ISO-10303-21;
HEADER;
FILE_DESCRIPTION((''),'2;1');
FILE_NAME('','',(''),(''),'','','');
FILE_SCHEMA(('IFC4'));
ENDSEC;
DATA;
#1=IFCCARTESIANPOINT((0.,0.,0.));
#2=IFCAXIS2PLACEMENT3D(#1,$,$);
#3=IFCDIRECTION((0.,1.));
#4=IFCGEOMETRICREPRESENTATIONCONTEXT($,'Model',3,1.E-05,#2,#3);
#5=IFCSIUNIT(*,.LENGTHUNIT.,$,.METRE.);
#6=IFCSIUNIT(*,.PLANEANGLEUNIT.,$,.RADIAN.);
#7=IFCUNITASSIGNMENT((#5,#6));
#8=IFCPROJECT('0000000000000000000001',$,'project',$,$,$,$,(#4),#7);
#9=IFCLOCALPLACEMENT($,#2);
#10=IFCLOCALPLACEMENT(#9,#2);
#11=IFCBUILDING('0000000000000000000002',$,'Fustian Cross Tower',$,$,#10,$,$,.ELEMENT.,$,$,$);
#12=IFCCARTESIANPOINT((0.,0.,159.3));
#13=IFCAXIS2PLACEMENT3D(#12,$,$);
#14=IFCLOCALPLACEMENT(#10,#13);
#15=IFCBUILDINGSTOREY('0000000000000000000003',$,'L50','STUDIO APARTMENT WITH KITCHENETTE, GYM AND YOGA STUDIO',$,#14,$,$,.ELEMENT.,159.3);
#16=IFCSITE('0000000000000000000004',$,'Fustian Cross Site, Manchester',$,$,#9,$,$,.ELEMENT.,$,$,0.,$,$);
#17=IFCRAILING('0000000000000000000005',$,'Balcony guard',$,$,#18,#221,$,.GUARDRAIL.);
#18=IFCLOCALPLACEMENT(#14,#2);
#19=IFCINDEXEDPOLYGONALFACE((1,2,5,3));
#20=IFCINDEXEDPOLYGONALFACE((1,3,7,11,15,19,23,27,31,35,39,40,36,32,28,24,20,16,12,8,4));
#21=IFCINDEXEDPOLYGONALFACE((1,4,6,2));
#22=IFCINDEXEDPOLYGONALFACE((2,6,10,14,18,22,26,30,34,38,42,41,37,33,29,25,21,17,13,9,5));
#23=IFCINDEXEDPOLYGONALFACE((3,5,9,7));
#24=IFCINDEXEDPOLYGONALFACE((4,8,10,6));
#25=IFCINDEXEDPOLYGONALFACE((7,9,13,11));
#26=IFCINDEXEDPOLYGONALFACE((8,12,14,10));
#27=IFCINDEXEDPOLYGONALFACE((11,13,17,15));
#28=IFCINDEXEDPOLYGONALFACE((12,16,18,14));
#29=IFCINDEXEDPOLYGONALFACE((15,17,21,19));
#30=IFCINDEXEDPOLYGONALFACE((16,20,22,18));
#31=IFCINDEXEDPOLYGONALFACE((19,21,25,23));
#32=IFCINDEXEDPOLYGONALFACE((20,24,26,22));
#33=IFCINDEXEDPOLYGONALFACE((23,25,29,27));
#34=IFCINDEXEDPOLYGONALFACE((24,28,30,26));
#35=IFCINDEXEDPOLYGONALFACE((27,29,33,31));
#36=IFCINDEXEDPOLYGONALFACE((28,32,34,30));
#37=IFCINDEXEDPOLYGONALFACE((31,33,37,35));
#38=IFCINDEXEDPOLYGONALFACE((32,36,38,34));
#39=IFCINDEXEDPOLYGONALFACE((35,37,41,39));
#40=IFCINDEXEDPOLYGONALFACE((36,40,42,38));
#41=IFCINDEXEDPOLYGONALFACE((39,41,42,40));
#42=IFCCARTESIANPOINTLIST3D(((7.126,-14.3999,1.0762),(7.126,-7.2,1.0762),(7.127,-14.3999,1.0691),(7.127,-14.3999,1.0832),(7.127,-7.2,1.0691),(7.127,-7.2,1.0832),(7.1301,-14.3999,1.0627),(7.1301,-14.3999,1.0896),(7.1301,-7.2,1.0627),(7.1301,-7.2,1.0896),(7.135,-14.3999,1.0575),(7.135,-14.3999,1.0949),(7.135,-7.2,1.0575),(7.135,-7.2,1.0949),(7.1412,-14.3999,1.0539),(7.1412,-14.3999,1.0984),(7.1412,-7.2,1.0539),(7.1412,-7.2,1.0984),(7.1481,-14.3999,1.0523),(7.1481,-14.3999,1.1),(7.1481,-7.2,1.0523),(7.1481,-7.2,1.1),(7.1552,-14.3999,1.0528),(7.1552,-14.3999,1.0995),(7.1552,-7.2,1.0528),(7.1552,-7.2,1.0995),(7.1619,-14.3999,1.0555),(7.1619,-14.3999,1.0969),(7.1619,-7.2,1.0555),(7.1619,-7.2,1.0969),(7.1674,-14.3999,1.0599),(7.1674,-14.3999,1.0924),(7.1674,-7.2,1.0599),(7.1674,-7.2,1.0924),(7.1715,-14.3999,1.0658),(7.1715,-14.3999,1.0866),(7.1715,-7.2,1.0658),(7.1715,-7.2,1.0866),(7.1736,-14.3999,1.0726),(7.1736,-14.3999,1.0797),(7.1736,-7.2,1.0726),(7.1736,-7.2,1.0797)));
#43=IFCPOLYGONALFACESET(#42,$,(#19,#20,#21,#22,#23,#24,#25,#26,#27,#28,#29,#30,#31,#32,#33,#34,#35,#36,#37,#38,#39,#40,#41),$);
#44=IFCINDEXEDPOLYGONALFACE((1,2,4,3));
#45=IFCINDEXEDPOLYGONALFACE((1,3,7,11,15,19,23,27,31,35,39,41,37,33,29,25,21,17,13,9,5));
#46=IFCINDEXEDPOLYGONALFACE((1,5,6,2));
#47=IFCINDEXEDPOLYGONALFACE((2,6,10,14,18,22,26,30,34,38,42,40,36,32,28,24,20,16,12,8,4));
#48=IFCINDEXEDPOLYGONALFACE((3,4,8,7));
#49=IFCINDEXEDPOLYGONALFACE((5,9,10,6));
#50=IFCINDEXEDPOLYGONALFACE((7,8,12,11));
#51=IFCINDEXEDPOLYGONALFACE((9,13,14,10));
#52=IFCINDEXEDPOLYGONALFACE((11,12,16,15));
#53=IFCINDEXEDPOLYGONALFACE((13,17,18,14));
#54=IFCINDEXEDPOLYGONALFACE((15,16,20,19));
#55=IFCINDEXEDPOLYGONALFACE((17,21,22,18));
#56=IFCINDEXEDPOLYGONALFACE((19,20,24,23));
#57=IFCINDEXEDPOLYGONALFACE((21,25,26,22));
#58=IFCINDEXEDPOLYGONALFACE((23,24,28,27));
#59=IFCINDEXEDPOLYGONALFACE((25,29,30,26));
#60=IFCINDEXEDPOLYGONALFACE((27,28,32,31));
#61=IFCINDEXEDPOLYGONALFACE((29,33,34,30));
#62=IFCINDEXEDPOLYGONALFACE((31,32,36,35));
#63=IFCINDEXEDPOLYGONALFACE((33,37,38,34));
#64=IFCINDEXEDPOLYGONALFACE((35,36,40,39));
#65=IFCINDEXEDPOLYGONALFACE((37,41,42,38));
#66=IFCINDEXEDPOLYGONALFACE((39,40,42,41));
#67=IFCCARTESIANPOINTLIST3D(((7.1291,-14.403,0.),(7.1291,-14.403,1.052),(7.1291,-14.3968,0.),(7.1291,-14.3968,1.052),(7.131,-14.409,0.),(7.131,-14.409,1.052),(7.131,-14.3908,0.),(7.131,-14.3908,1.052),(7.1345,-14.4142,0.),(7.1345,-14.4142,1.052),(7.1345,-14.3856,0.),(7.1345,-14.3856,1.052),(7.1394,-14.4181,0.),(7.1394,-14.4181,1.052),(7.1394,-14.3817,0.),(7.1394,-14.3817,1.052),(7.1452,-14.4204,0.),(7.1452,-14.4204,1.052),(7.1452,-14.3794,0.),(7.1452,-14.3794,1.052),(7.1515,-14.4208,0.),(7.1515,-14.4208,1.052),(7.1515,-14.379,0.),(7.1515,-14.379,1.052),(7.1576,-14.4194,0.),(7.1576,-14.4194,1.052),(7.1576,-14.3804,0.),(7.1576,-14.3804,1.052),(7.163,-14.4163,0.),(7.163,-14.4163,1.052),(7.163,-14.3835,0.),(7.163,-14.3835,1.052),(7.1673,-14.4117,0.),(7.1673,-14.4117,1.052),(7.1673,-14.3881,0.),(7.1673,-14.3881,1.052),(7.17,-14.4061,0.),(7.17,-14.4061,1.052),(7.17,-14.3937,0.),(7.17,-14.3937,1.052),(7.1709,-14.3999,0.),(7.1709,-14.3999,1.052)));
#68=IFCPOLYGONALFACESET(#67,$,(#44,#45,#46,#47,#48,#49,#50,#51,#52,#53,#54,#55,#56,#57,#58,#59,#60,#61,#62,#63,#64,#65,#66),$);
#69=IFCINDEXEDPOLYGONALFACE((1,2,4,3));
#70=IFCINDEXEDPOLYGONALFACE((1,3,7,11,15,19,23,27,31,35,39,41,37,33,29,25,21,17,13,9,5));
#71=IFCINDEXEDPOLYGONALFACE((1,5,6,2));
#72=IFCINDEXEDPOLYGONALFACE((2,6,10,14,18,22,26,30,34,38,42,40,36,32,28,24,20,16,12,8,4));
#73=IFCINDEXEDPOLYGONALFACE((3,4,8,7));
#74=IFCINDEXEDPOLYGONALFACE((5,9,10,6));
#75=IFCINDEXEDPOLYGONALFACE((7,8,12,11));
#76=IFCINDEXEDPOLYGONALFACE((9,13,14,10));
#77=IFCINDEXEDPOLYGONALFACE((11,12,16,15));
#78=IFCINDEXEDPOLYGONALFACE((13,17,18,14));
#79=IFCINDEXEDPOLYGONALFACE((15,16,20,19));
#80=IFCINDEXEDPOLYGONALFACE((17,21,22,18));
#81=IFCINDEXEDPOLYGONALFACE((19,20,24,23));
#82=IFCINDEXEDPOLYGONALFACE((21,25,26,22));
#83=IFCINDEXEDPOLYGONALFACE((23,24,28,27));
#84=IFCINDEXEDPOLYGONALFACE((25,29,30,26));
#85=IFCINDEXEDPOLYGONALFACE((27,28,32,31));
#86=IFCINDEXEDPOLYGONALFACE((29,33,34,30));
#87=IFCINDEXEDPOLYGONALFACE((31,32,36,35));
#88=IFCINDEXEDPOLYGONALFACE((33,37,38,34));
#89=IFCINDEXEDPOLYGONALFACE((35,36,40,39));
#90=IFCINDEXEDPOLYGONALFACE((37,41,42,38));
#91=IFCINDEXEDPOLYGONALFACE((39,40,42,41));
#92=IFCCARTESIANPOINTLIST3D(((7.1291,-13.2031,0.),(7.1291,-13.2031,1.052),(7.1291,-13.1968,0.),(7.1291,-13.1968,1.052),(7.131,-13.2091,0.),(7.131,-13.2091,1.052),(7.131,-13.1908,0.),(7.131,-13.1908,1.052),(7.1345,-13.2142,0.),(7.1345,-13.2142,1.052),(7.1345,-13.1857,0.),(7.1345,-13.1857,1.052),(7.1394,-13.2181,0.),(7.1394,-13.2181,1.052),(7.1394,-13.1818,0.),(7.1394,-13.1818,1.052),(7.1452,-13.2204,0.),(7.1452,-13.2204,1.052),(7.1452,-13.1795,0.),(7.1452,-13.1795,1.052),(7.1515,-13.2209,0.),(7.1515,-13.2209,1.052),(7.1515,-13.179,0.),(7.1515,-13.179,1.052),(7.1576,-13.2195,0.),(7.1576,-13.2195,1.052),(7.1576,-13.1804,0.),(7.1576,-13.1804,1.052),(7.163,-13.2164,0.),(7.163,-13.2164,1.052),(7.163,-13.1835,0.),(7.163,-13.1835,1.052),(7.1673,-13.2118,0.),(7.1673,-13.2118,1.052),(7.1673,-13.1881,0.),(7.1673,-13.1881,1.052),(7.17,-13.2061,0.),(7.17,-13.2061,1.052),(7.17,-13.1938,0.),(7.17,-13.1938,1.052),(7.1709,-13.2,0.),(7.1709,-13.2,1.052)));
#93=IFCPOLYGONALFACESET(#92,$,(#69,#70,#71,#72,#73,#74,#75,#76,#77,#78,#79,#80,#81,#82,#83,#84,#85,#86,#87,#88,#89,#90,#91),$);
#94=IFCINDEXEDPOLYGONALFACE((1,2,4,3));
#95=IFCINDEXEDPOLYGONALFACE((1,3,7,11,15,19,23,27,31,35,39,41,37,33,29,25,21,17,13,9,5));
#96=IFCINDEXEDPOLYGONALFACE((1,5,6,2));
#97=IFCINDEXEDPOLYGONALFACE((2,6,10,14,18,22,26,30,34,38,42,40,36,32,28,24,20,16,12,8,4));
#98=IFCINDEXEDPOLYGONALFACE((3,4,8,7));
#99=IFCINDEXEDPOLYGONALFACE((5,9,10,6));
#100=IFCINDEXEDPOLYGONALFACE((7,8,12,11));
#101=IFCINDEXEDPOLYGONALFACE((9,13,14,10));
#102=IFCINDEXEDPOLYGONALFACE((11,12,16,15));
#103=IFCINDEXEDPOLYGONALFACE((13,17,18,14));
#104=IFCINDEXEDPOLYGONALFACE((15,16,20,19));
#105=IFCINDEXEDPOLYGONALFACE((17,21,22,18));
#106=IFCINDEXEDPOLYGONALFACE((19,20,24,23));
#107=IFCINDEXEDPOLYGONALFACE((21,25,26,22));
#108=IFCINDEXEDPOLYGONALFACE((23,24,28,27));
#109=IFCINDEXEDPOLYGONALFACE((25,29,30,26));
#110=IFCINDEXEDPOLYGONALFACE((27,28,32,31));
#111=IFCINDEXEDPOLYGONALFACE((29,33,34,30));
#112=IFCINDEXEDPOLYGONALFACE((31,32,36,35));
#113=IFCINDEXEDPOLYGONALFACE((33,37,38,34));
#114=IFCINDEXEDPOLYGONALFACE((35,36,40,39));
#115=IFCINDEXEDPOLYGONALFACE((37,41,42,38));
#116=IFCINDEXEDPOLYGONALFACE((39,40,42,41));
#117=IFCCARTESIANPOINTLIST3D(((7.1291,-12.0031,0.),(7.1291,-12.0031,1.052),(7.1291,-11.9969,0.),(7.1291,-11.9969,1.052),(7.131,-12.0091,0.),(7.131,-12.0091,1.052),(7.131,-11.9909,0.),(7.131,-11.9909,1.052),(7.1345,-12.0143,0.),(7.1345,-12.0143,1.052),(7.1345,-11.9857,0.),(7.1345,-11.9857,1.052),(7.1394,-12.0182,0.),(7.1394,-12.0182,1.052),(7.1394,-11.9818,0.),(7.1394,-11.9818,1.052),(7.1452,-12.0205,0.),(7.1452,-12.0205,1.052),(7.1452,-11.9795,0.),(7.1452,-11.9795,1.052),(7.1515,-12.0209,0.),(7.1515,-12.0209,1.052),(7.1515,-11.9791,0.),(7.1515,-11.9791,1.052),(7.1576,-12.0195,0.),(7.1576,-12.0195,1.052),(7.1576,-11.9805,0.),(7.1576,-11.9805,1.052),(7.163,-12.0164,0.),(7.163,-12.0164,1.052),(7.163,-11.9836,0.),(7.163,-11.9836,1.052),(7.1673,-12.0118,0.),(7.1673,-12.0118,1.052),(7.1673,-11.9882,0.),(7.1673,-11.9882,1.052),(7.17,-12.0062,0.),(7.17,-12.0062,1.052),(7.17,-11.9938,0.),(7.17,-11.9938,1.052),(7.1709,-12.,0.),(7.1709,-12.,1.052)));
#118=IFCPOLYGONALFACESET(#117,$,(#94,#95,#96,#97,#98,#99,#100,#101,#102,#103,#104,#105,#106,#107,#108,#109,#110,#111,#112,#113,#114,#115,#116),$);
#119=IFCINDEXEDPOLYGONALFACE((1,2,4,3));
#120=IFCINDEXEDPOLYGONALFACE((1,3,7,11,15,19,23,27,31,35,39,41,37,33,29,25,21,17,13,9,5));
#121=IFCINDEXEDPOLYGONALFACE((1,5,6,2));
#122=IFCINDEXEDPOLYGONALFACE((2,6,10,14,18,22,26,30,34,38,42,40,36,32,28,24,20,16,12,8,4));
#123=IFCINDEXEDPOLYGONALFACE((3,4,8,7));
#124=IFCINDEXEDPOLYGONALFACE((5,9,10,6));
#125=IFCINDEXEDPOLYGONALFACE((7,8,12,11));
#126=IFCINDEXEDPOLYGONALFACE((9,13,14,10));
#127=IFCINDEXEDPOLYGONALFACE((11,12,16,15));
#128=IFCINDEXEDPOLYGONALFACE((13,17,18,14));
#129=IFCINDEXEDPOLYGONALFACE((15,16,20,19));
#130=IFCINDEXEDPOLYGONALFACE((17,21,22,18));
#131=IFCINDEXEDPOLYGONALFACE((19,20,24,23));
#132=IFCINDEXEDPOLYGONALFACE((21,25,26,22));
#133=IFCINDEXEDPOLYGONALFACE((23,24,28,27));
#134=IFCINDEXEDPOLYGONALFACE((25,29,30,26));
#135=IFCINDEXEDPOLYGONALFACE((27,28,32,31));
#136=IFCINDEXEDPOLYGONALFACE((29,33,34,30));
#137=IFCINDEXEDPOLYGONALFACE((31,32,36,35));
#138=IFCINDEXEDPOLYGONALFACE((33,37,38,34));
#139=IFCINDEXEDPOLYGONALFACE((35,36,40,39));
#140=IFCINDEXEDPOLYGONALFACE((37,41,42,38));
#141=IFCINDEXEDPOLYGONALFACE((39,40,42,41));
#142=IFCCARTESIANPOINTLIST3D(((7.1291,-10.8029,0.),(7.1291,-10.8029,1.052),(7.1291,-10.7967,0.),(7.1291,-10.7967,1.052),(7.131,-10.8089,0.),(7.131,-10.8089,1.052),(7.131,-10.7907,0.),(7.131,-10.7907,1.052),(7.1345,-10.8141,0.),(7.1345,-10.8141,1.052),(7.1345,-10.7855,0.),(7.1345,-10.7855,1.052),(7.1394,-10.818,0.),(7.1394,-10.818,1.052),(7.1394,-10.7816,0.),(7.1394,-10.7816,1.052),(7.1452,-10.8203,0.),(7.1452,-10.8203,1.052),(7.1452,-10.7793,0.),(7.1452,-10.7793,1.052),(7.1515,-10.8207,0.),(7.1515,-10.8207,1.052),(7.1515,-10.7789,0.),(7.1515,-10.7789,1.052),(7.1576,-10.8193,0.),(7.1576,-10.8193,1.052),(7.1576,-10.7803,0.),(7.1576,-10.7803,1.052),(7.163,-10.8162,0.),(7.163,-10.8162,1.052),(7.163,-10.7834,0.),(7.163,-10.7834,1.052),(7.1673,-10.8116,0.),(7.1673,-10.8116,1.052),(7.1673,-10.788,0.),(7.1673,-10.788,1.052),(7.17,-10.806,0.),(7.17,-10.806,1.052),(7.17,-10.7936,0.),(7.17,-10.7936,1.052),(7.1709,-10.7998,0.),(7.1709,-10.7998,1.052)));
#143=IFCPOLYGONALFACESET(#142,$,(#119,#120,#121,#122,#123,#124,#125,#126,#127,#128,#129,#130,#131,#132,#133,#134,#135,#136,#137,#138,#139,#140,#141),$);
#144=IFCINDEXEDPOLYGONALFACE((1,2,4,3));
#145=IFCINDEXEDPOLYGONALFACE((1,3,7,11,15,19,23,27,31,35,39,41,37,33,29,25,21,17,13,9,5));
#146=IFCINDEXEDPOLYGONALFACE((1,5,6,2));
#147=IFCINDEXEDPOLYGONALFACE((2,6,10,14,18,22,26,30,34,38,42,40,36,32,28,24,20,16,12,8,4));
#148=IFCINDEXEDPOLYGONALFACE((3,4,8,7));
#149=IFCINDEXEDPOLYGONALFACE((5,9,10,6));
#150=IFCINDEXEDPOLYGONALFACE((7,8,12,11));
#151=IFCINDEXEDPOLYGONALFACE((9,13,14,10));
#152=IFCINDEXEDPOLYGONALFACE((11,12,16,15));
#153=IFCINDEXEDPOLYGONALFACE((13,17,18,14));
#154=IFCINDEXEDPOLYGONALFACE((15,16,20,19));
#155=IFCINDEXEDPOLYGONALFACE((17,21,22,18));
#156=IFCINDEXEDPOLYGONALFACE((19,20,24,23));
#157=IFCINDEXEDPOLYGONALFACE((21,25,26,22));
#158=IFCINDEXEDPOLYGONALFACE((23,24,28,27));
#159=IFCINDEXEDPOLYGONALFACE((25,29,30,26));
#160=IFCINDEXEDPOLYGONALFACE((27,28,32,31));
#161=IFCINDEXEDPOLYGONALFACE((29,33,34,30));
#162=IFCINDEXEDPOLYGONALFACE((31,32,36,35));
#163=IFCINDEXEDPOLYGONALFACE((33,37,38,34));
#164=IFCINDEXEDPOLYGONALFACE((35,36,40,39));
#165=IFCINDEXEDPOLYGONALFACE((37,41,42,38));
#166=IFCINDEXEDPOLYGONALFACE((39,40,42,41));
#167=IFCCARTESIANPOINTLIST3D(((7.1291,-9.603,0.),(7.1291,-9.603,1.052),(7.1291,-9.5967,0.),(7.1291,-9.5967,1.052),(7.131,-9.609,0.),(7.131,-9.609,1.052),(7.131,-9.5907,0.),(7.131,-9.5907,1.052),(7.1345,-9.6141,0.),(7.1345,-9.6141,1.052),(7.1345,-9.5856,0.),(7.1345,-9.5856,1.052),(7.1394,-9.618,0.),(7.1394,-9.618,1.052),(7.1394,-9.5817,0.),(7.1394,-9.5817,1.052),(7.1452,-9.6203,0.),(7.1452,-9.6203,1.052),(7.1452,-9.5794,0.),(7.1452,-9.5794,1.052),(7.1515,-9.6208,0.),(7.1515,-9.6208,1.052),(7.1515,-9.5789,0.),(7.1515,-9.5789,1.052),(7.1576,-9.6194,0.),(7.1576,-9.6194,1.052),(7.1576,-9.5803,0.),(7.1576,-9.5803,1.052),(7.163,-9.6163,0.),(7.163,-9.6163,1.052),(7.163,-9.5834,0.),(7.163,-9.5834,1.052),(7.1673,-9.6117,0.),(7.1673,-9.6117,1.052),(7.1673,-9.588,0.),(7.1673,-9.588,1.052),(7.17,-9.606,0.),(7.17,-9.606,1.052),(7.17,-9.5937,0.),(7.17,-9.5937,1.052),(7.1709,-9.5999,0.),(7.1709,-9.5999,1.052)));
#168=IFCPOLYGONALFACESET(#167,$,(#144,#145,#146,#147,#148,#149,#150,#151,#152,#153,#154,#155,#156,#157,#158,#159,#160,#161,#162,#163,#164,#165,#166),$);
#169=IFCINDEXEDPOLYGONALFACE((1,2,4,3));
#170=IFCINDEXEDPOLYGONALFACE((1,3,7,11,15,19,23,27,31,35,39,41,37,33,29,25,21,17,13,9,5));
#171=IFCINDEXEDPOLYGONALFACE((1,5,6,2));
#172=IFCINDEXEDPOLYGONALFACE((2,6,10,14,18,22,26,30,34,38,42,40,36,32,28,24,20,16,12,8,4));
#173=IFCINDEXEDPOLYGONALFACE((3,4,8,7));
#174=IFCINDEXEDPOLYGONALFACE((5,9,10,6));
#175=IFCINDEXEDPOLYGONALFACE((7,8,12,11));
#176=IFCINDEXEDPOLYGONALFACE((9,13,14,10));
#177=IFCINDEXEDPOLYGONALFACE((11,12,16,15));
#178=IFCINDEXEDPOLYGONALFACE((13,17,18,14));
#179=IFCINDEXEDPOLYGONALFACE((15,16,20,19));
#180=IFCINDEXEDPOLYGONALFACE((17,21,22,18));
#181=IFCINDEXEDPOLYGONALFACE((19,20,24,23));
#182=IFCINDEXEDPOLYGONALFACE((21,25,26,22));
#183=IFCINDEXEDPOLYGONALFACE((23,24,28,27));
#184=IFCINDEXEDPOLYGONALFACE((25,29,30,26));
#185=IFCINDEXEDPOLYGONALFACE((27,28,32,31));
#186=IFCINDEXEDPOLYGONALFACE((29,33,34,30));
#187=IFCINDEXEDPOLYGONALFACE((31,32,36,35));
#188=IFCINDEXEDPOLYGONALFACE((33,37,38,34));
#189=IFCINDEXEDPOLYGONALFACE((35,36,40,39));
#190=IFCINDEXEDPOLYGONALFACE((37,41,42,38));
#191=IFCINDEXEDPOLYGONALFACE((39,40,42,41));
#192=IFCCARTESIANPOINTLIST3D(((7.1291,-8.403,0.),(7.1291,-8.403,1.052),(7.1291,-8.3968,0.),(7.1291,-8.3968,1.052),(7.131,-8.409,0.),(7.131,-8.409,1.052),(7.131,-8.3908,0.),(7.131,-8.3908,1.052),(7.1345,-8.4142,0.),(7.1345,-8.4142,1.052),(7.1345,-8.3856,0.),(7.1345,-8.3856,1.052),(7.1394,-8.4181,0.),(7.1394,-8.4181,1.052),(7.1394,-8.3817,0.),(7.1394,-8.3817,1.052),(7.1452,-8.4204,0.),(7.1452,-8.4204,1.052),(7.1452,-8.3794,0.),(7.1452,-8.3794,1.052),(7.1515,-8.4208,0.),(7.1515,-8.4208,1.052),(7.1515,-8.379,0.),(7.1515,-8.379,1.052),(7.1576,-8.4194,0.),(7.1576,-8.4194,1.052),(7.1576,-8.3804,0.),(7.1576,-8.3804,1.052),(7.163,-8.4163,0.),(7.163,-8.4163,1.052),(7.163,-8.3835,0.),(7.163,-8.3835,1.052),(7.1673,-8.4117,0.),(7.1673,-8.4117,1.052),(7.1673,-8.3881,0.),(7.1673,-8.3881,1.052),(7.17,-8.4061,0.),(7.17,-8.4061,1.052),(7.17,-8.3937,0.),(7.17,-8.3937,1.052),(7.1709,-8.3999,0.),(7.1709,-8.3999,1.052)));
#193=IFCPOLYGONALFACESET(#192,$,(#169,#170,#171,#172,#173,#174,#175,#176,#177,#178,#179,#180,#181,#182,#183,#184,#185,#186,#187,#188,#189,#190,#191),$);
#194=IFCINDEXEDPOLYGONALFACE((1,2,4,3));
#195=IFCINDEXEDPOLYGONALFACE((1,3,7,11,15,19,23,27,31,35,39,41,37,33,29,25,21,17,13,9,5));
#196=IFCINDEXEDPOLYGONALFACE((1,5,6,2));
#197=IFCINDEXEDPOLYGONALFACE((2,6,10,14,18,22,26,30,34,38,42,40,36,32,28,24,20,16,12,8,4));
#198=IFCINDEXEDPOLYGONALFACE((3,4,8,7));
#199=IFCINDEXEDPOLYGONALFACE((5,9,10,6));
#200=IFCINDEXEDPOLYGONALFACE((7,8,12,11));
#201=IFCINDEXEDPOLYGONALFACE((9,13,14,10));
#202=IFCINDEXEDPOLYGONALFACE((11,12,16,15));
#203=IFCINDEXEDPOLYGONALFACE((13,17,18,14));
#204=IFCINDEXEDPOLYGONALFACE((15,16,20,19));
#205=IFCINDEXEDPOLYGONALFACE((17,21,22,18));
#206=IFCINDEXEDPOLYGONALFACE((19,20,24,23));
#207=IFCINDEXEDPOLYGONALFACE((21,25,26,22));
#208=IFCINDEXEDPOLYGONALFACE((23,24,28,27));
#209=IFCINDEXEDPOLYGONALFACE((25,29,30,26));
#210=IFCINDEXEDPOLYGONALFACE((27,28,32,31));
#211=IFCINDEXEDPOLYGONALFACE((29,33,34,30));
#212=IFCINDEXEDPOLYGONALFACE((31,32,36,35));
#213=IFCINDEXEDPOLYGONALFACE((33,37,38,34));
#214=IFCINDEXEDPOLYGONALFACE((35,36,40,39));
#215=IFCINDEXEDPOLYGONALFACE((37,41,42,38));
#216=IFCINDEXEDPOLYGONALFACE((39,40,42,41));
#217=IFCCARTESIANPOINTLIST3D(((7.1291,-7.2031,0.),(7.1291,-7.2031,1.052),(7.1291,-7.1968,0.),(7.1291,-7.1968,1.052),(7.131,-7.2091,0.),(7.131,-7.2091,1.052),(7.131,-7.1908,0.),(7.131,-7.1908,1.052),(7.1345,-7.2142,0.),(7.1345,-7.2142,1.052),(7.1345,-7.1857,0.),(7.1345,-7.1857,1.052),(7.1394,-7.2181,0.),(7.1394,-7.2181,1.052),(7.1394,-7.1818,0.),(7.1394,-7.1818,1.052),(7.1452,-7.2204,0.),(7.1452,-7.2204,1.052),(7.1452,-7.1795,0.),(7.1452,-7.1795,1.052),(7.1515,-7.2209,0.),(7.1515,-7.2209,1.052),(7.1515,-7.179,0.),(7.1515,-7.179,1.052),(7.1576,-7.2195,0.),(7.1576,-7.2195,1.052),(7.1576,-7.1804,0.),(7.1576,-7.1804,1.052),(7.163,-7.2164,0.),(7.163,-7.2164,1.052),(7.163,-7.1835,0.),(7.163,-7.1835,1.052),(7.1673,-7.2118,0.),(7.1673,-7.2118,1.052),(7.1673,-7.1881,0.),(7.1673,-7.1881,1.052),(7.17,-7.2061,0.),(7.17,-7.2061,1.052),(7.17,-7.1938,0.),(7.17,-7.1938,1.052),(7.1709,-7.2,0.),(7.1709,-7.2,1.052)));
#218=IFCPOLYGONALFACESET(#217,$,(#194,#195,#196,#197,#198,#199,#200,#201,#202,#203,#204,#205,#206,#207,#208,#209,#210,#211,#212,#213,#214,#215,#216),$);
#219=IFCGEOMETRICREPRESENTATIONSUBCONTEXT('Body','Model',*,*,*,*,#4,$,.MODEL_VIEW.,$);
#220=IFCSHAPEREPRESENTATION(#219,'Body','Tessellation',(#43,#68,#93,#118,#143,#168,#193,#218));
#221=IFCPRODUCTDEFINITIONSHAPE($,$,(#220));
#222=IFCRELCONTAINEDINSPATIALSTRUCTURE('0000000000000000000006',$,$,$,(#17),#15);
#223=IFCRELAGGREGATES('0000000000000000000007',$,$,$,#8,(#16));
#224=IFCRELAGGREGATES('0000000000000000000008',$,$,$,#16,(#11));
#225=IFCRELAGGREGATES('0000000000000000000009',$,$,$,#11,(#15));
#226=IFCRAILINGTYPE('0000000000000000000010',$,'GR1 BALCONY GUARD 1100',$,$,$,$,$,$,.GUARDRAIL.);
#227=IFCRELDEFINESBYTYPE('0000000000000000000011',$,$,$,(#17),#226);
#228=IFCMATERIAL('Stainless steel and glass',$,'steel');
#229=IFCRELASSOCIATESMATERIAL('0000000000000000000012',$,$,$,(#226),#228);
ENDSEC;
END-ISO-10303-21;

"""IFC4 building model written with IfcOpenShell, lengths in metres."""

from ifc_helpers import new_model, si_unit, direction, frame, origin, origin_2d, place, context, subcontext, project, spatial, circle, extrude, material, type_object, element, save


model = new_model("IFC4")

# Units and contexts
model_context = context("Model", 3, precision=1e-05, world=origin(), true_north=direction((0.0, 1.0)))
body_context = subcontext(model_context, "Body", "Model", "MODEL_VIEW")
ifc_project = project(units=[si_unit("LENGTHUNIT", "METRE"), si_unit("PLANEANGLEUNIT", "RADIAN")], contexts=[model_context])

# Site, building, storey
site_placement = place(None, origin())
site = spatial("IfcSite", under=ifc_project, at=site_placement, Name="Fustian Cross Site, Manchester", CompositionType="ELEMENT", RefElevation=0.0)
building_placement = place(site_placement, origin())
building = spatial("IfcBuilding", under=site, at=building_placement, Name="Fustian Cross Tower", CompositionType="ELEMENT")
storey_placement = place(building_placement, frame((0.0, 0.0, 159.3)))
storey = spatial("IfcBuildingStorey", under=building, at=storey_placement, Name="L50", Description="STUDIO APARTMENT WITH KITCHENETTE, GYM AND YOGA STUDIO", CompositionType="ELEMENT", Elevation=159.3)

# Railing
ifc_material_1 = material(Name="Stainless steel and glass", Category="steel")
railing_type = type_object("IfcRailingType", Name="GR1 BALCONY GUARD 1100", PredefinedType="GUARDRAIL", material=ifc_material_1)
railing_placement = place(storey_placement, frame((7.1499, -14.3999, 0.0)))
element("IfcRailing", 1, at=railing_placement, inside=storey, type_object=railing_type, Name="Balcony guard", PredefinedType="GUARDRAIL", context=body_context, shape_type="SweptSolid", body=[
    extrude(circle(Radius=0.0239, at=origin_2d()), frame((0.0, 0.0, 1.0762), z_axis=(0.0, 1.0, 0.0), x_axis=(-1.0, 0.0, 0.0)), (0.0, 0.0, 1.0), 7.2),
    extrude(circle(Radius=0.021, at=origin_2d()), origin(), (0.0, 0.0, 1.0), 1.052),
    extrude(circle(Radius=0.021, at=origin_2d()), frame((0.0, 1.2, 0.0)), (0.0, 0.0, 1.0), 1.052),
    extrude(circle(Radius=0.021, at=origin_2d()), frame((0.0, 2.3999, 0.0)), (0.0, 0.0, 1.0), 1.052),
    extrude(circle(Radius=0.021, at=origin_2d()), frame((0.0, 3.6001, 0.0)), (0.0, 0.0, 1.0), 1.052),
    extrude(circle(Radius=0.021, at=origin_2d()), frame((0.0, 4.8, 0.0)), (0.0, 0.0, 1.0), 1.052),
    extrude(circle(Radius=0.021, at=origin_2d()), frame((0.0, 6.0, 0.0)), (0.0, 0.0, 1.0), 1.052),
    extrude(circle(Radius=0.021, at=origin_2d()), frame((0.0, 7.2, 0.0)), (0.0, 0.0, 1.0), 1.052),
])

save(model, "model.ifc")
